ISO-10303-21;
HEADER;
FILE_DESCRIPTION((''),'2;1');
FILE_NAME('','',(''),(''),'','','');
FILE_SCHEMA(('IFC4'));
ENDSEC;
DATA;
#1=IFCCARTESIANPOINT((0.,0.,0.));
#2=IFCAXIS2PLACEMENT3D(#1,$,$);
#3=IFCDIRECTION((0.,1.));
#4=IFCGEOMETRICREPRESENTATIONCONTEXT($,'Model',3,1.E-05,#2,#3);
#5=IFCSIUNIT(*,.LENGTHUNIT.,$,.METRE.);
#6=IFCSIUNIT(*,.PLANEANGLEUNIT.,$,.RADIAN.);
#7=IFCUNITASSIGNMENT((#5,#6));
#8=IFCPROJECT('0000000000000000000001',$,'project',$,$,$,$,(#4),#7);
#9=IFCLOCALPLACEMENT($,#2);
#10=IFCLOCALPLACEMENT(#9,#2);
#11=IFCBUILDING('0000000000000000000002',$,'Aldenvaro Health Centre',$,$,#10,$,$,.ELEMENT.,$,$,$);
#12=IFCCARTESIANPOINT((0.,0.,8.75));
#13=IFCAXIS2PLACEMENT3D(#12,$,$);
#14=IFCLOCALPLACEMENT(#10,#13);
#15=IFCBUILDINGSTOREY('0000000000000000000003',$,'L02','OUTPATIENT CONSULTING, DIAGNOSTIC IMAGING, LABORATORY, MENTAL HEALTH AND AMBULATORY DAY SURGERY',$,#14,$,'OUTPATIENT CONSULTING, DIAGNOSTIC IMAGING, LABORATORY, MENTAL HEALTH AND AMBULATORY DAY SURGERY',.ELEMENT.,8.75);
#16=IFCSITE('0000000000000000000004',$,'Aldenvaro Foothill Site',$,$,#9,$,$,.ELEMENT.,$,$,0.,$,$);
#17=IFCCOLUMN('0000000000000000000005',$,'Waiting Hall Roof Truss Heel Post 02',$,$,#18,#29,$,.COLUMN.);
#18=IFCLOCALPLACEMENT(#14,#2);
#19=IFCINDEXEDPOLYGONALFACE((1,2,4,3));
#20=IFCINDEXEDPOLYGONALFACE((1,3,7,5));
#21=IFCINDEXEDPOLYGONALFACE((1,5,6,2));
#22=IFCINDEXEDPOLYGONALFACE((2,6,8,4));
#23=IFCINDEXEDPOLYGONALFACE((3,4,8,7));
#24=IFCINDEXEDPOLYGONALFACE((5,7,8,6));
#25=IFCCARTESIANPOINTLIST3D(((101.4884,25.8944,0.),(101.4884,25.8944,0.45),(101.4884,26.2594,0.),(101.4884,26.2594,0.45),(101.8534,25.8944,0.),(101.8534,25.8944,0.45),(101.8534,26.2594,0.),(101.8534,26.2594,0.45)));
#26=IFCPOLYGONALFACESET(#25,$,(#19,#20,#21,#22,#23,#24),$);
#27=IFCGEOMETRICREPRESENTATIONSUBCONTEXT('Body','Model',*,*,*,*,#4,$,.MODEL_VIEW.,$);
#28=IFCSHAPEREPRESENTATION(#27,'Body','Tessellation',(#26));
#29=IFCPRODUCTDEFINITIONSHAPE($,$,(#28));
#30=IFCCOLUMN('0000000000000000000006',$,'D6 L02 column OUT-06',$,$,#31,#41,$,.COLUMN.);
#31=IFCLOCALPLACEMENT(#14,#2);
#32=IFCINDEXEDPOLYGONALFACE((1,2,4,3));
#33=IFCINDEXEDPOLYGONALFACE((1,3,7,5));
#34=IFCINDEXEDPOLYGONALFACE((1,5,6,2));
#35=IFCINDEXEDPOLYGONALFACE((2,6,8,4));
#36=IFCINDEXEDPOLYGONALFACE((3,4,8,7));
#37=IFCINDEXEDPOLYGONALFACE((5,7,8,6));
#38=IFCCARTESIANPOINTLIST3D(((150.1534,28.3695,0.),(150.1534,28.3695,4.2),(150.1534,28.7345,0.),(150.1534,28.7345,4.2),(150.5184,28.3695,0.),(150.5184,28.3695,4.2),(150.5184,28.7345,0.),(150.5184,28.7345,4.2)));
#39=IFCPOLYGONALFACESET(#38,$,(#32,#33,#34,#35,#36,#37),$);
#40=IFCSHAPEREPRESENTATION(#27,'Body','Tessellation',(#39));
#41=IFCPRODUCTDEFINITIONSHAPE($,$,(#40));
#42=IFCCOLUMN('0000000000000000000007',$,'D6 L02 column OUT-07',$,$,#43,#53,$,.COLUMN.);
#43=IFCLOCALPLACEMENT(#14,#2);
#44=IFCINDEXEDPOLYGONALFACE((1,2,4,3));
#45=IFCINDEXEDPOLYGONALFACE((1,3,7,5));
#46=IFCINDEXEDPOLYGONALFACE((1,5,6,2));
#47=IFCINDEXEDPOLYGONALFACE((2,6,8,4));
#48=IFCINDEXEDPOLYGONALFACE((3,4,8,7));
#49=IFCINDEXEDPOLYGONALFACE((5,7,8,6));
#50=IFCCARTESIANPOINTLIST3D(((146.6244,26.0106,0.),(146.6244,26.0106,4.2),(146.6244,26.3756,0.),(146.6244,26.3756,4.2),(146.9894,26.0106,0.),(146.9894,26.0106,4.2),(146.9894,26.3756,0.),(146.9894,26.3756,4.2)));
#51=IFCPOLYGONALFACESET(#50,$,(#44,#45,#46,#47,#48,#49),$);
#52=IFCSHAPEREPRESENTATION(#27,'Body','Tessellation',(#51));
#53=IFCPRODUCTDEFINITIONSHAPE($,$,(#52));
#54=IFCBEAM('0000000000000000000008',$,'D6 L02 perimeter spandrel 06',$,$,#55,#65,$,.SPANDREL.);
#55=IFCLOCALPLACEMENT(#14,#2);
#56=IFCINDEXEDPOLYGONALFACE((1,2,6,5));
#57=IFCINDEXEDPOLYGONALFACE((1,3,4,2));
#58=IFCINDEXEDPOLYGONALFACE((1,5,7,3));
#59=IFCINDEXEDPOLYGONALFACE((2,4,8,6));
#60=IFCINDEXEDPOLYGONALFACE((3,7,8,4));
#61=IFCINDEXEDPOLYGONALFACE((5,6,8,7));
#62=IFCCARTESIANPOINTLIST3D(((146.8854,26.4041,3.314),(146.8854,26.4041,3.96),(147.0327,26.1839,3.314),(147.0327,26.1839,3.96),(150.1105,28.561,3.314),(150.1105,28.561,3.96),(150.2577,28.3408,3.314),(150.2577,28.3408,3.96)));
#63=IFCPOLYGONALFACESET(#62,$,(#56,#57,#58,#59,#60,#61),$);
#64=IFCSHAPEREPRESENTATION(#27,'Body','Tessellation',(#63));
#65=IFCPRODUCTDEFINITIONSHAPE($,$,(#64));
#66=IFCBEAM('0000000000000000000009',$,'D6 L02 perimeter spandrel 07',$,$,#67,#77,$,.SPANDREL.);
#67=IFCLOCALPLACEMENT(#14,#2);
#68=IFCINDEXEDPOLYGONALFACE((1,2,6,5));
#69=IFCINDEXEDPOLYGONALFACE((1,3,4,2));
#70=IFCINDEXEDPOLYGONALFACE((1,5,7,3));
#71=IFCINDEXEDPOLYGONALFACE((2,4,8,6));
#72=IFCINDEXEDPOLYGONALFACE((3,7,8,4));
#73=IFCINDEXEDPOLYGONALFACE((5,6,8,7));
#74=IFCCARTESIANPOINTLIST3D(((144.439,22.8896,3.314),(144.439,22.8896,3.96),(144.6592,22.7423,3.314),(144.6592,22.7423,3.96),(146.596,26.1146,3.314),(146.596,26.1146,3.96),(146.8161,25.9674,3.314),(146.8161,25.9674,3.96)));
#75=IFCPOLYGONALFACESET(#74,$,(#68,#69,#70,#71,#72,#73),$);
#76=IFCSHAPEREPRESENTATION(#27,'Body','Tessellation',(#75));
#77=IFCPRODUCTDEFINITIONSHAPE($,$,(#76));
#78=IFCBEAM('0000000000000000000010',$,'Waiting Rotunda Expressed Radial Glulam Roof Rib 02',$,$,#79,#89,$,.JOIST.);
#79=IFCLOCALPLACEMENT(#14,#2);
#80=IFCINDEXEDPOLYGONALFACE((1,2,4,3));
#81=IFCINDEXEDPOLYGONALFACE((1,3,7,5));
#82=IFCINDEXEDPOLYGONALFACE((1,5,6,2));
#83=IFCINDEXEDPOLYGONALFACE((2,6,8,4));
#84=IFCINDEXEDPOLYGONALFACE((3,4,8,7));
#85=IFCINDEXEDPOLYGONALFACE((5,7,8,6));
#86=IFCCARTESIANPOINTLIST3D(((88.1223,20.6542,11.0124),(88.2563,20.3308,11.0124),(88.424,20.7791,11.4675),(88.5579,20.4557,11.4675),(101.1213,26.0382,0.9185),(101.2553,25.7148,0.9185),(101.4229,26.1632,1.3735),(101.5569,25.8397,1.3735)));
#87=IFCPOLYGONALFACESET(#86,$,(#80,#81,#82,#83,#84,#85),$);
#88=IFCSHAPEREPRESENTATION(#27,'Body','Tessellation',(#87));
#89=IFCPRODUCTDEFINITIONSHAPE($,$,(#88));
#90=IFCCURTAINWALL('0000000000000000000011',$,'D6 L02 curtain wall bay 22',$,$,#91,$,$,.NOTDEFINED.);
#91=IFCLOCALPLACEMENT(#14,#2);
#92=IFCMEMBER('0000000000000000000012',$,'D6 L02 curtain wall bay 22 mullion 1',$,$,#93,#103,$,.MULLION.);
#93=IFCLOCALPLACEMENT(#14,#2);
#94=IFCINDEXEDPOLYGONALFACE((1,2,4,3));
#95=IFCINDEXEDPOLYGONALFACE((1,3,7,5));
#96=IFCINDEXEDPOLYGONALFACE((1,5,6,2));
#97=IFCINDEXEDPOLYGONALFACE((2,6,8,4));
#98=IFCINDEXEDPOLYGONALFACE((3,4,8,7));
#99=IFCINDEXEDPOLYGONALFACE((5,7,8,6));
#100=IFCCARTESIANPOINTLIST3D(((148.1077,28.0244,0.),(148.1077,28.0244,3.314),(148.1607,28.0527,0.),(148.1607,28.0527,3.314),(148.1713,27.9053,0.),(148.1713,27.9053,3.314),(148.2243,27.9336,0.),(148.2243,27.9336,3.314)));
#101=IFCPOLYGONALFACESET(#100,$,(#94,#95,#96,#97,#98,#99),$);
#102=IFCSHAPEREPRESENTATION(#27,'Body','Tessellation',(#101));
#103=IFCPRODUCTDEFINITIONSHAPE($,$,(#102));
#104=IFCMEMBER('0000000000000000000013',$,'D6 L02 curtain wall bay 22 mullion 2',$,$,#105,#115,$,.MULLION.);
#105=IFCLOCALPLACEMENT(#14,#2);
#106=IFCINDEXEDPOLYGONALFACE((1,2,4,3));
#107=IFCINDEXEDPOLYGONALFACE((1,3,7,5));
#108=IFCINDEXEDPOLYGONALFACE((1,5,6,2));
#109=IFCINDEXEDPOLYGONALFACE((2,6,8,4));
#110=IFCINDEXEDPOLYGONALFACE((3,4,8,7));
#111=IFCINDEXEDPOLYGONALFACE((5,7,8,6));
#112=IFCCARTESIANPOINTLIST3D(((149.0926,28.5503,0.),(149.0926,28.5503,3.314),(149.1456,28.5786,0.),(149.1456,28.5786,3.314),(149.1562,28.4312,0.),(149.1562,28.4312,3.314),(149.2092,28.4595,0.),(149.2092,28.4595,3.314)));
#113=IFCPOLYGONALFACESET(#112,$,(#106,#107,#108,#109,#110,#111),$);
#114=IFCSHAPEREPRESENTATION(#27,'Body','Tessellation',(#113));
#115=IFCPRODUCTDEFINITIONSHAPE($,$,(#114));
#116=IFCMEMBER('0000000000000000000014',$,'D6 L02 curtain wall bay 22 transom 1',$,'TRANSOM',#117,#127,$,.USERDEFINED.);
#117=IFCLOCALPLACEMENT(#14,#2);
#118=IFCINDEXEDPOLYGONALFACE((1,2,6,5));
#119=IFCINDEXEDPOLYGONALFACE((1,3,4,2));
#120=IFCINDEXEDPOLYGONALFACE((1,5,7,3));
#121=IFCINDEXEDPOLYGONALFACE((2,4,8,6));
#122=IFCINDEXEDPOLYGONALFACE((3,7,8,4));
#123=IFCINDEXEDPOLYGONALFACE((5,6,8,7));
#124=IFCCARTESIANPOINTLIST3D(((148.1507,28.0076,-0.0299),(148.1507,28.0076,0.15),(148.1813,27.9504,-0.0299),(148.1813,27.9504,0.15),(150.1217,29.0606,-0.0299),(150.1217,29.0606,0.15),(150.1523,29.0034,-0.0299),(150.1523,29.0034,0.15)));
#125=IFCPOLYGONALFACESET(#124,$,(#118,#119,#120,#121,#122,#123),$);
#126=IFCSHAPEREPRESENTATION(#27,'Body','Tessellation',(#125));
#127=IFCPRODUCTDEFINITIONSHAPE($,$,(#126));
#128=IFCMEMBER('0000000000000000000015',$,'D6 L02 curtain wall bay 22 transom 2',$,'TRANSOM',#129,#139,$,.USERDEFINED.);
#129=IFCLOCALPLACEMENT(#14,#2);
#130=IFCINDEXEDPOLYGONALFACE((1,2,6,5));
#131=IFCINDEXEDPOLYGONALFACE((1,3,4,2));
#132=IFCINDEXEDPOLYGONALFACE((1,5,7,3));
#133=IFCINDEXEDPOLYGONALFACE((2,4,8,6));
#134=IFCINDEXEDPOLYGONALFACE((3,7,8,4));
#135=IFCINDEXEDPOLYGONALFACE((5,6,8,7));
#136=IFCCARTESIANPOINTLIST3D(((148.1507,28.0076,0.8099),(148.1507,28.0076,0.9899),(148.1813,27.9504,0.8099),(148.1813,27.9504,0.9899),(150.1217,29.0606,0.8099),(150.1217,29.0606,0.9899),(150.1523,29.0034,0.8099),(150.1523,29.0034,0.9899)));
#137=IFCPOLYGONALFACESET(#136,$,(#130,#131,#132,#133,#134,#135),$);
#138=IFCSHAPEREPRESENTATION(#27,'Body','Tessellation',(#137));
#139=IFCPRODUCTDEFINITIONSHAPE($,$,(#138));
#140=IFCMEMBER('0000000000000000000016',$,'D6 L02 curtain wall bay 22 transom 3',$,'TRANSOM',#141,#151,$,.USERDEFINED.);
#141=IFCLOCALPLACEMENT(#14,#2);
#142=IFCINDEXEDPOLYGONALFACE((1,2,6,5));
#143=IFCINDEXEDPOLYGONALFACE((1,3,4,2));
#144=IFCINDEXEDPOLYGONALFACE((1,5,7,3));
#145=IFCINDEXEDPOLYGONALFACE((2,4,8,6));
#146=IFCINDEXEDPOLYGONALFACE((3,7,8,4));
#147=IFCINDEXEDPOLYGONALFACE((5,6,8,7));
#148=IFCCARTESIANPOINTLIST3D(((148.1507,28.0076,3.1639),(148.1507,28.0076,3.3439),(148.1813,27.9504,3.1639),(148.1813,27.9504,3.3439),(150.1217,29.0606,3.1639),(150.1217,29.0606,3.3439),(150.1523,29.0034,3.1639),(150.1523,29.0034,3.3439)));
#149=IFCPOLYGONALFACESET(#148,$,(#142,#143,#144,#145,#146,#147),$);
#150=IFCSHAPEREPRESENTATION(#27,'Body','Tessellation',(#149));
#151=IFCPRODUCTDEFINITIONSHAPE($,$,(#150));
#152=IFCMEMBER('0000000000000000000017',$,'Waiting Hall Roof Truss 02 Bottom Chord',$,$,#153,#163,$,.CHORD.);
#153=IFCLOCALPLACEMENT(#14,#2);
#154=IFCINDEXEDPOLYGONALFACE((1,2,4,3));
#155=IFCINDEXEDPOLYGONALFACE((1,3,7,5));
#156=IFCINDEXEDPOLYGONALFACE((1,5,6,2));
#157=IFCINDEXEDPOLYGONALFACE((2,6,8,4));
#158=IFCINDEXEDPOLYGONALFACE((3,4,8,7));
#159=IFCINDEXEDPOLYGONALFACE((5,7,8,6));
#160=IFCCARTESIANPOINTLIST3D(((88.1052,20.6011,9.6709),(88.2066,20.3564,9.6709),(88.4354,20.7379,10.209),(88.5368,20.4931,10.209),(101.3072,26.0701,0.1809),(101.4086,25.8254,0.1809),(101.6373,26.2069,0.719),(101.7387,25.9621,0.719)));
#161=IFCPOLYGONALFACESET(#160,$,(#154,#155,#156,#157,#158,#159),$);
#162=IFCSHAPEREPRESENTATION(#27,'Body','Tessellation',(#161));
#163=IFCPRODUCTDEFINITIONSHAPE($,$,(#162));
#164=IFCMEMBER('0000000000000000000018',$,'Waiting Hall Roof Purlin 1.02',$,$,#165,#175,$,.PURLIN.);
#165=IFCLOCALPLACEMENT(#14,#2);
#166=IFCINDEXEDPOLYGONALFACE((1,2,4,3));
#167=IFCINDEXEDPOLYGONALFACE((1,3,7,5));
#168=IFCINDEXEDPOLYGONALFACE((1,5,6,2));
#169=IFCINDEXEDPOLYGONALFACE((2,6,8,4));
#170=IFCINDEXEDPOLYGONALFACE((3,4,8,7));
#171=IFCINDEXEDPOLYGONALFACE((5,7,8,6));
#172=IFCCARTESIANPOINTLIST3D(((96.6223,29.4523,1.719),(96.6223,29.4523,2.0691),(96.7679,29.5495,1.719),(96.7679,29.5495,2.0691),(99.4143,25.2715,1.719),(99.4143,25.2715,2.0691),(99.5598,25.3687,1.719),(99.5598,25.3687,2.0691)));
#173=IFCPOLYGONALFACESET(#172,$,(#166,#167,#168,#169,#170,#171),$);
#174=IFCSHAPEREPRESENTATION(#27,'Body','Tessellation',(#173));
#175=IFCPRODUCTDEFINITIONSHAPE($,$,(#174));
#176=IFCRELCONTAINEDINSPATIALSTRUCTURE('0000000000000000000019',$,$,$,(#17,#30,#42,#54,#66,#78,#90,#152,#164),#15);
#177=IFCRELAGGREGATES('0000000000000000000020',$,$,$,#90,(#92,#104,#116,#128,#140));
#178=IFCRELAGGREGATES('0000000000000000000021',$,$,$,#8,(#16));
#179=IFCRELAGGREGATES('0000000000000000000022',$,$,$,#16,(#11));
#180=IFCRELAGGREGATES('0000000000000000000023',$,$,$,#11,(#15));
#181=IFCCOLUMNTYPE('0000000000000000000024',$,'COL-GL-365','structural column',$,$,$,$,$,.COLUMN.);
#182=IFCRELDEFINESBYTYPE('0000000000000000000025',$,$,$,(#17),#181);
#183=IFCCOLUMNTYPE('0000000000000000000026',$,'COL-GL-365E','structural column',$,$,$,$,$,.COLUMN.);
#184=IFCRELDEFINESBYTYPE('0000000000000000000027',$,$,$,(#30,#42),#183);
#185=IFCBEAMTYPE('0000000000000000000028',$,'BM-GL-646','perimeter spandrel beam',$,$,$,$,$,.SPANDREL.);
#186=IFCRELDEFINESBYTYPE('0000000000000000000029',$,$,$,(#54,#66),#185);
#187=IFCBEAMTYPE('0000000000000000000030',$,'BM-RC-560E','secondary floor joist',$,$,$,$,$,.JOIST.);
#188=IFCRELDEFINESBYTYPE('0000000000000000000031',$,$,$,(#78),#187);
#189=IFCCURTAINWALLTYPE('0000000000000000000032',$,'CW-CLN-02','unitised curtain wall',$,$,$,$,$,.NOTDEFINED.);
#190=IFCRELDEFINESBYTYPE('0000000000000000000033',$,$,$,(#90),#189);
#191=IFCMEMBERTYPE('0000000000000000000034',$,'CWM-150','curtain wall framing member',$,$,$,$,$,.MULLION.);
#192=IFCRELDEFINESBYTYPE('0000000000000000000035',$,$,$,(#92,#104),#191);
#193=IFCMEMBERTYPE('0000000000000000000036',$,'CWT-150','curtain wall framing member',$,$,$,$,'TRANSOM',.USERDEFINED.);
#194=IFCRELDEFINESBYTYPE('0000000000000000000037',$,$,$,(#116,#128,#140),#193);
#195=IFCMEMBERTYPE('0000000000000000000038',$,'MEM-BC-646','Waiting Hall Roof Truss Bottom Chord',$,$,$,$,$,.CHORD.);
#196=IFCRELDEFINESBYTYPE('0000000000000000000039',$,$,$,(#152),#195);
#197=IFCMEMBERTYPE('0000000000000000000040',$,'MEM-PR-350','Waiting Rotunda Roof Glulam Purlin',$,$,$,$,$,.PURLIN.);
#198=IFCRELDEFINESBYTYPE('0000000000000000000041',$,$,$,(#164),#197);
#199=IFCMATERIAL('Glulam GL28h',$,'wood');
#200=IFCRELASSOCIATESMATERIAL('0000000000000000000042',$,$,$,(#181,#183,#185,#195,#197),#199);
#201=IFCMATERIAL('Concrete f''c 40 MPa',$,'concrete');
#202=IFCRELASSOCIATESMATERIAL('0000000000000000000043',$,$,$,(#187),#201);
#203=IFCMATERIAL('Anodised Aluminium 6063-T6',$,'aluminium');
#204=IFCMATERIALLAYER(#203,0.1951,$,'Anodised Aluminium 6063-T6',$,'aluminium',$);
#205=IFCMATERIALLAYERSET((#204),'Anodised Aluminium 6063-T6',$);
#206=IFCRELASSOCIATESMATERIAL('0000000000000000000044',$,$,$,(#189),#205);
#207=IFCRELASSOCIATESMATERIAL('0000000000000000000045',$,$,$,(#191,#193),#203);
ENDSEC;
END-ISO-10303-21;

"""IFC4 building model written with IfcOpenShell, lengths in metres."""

from ifc_helpers import new_model, si_unit, direction, frame, origin, origin_2d, place, context, subcontext, project, spatial, rectangle, extrude, material, layer, layer_set, material_profile, profile_set, type_object, element, aggregate, save


model = new_model("IFC4")

# Units and contexts
model_context = context("Model", 3, precision=1e-05, world=origin(), true_north=direction((0.0, 1.0)))
body_context = subcontext(model_context, "Body", "Model", "MODEL_VIEW")
ifc_project = project(units=[si_unit("LENGTHUNIT", "METRE"), si_unit("PLANEANGLEUNIT", "RADIAN")], contexts=[model_context])

# Site, building, storey
site_placement = place(None, origin())
site = spatial("IfcSite", under=ifc_project, at=site_placement, Name="Aldenvaro Foothill Site", CompositionType="ELEMENT", RefElevation=0.0)
building_placement = place(site_placement, origin())
building = spatial("IfcBuilding", under=site, at=building_placement, Name="Aldenvaro Health Centre", CompositionType="ELEMENT")
storey_placement = place(building_placement, frame((0.0, 0.0, 8.75)))
storey = spatial("IfcBuildingStorey", under=building, at=storey_placement, Name="L02", Description="OUTPATIENT CONSULTING, DIAGNOSTIC IMAGING, LABORATORY, MENTAL HEALTH AND AMBULATORY DAY SURGERY", LongName="OUTPATIENT CONSULTING, DIAGNOSTIC IMAGING, LABORATORY, MENTAL HEALTH AND AMBULATORY DAY SURGERY", CompositionType="ELEMENT", Elevation=8.75)

# Columns
ifc_material_1 = material(Name="Glulam GL28h", Category="wood")
ifc_material_profile_1 = material_profile(ifc_material_1, rectangle(XDim=0.365, YDim=0.365, at=origin_2d()), Name="GL 365x365", Category="wood")
ifc_profile_set_1 = profile_set([ifc_material_profile_1], Name="Glulam GL28h")
column_type_1 = type_object("IfcColumnType", Name="COL-GL-365", Description="structural column", PredefinedType="COLUMN", material=ifc_profile_set_1)
column_placement = place(storey_placement, frame((101.6709, 26.0769, 0.0), z_axis=(0.0, 0.0, 1.0), x_axis=(1.0, 0.0, 0.0)))
element("IfcColumn", 1, at=column_placement, inside=storey, type_object=column_type_1, Name="Waiting Hall Roof Truss Heel Post 02", PredefinedType="COLUMN", context=body_context, shape_type="SweptSolid", body=[
    extrude(rectangle(XDim=0.365, YDim=0.365, at=origin_2d()), origin(), (0.0, 0.0, 1.0), 0.45),
])
ifc_material_profile_2 = material_profile(ifc_material_1, rectangle(XDim=0.365, YDim=0.365, at=origin_2d()), Name="GL 365x365", Category="wood")
ifc_profile_set_2 = profile_set([ifc_material_profile_2], Name="Glulam GL28h")
column_type_2 = type_object("IfcColumnType", Name="COL-GL-365E", Description="structural column", PredefinedType="COLUMN", material=ifc_profile_set_2)
for number, where, z_axis, x_axis, name in (
    (2, (150.3359, 28.552, 0.0), (0.0, 0.0, 1.0), (1.0, 0.0, 0.0), "D6 L02 column OUT-06"),
    (3, (146.8069, 26.1931, 0.0), (0.0, 0.0, 1.0), (1.0, 0.0, 0.0), "D6 L02 column OUT-07"),
):
    element("IfcColumn", number, at=place(storey_placement, frame(where, z_axis=z_axis, x_axis=x_axis)), inside=storey, type_object=column_type_2, Name=name, PredefinedType="COLUMN", context=body_context, shape_type="SweptSolid", body=[
        extrude(rectangle(XDim=0.365, YDim=0.365, at=origin_2d()), origin(), (0.0, 0.0, 1.0), 4.2),
    ])

# Beams
ifc_material_profile_3 = material_profile(ifc_material_1, rectangle(XDim=0.2649, YDim=0.646, at=origin_2d()), Name="GL 265x646", Category="wood")
ifc_profile_set_3 = profile_set([ifc_material_profile_3], Name="Glulam GL28h")
beam_type_1 = type_object("IfcBeamType", Name="BM-GL-646", Description="perimeter spandrel beam", PredefinedType="SPANDREL", material=ifc_profile_set_3)
for number, where, z_axis, x_axis, name in (
    (4, (150.1841, 28.4509, 3.637), (-0.831227, -0.555934, 0.0), (0.555934, -0.831227, 0.0), "D6 L02 perimeter spandrel 06"),
    (5, (146.7061, 26.041, 3.637), (-0.555934, -0.831227, 0.0), (0.831227, -0.555934, 0.0), "D6 L02 perimeter spandrel 07"),
):
    element("IfcBeam", number, at=place(storey_placement, frame(where, z_axis=z_axis, x_axis=x_axis)), inside=storey, type_object=beam_type_1, Name=name, PredefinedType="SPANDREL", context=body_context, shape_type="SweptSolid", body=[
        extrude(rectangle(XDim=0.2649, YDim=0.646, at=origin_2d()), origin(), (0.0, 0.0, 1.0), 3.8799),
    ])
ifc_material_2 = material(Name="Concrete f'c 40 MPa", Category="concrete")
ifc_material_profile_4 = material_profile(ifc_material_2, rectangle(XDim=0.3501, YDim=0.5601, at=origin_2d()), Name="RC 350x560", Category="concrete")
ifc_profile_set_4 = profile_set([ifc_material_profile_4], Name="Concrete f'c 40 MPa")
beam_type_2 = type_object("IfcBeamType", Name="BM-RC-560E", Description="secondary floor joist", PredefinedType="JOIST", material=ifc_profile_set_4)
beam_placement = place(storey_placement, frame((101.3391, 25.939, 1.146), z_axis=(-0.750685, -0.310924, 0.582922), x_axis=(0.382663, -0.923888, 0.0)))
element("IfcBeam", 6, at=beam_placement, inside=storey, type_object=beam_type_2, Name="Waiting Rotunda Expressed Radial Glulam Roof Rib 02", PredefinedType="JOIST", context=body_context, shape_type="SweptSolid", body=[
    extrude(rectangle(XDim=0.3501, YDim=0.5601, at=origin_2d()), origin(), (0.0, 0.0, 1.0), 17.3162),
])

# Curtain wall, members
ifc_material_3 = material(Name="Anodised Aluminium 6063-T6", Category="aluminium")
ifc_layer_1 = layer(ifc_material_3, 0.1951, Name="Anodised Aluminium 6063-T6", Category="aluminium")
ifc_layer_set_1 = layer_set([ifc_layer_1], Name="Anodised Aluminium 6063-T6")
curtain_wall_type = type_object("IfcCurtainWallType", Name="CW-CLN-02", Description="unitised curtain wall", PredefinedType="NOTDEFINED", material=ifc_layer_set_1)
curtain_wall_placement = place(storey_placement, origin())
curtain_wall = element("IfcCurtainWall", 7, at=curtain_wall_placement, inside=storey, type_object=curtain_wall_type, Name="D6 L02 curtain wall bay 22", PredefinedType="NOTDEFINED")
ifc_material_profile_5 = material_profile(ifc_material_3, rectangle(XDim=0.0601, YDim=0.135, at=origin_2d()), Name="ALU 60x135", Category="aluminium")
ifc_profile_set_5 = profile_set([ifc_material_profile_5], Name="Anodised Aluminium 6063-T6")
member_type_1 = type_object("IfcMemberType", Name="CWM-150", Description="curtain wall framing member", PredefinedType="MULLION", material=ifc_profile_set_5)
member_1_placement = place(storey_placement, frame((148.166, 27.979, 0.0), z_axis=(0.0, 0.0, 1.0), x_axis=(0.882018, 0.471215, 0.0)))
member_1 = element("IfcMember", 8, at=member_1_placement, type_object=member_type_1, Name="D6 L02 curtain wall bay 22 mullion 1", PredefinedType="MULLION", context=body_context, shape_type="SweptSolid", body=[
    extrude(rectangle(XDim=0.0601, YDim=0.135, at=origin_2d()), origin(), (0.0, 0.0, 1.0), 3.314),
])
member_2_placement = place(storey_placement, frame((149.1509, 28.5049, 0.0), z_axis=(0.0, 0.0, 1.0), x_axis=(0.882018, 0.471215, 0.0)))
member_2 = element("IfcMember", 9, at=member_2_placement, type_object=member_type_1, Name="D6 L02 curtain wall bay 22 mullion 2", PredefinedType="MULLION", context=body_context, shape_type="SweptSolid", body=[
    extrude(rectangle(XDim=0.0601, YDim=0.135, at=origin_2d()), origin(), (0.0, 0.0, 1.0), 3.314),
])
ifc_material_profile_6 = material_profile(ifc_material_3, rectangle(XDim=0.0649, YDim=0.1799, at=origin_2d()), Name="ALU 65x180", Category="aluminium")
ifc_profile_set_6 = profile_set([ifc_material_profile_6], Name="Anodised Aluminium 6063-T6")
member_type_2 = type_object("IfcMemberType", Name="CWT-150", Description="curtain wall framing member", ElementType="TRANSOM", PredefinedType="USERDEFINED", material=ifc_profile_set_6)
member_3_placement = place(storey_placement, frame((148.166, 27.979, 0.0601), z_axis=(0.882017, 0.471218, 0.0), x_axis=(-0.471218, 0.882017, 0.0)))
member_3 = element("IfcMember", 10, at=member_3_placement, type_object=member_type_2, Name="D6 L02 curtain wall bay 22 transom 1", ObjectType="TRANSOM", PredefinedType="USERDEFINED", context=body_context, shape_type="SweptSolid", body=[
    extrude(rectangle(XDim=0.0649, YDim=0.1799, at=origin_2d()), origin(), (0.0, 0.0, 1.0), 2.2346),
])
member_4_placement = place(storey_placement, frame((148.166, 27.979, 0.8999), z_axis=(0.882017, 0.471218, 0.0), x_axis=(-0.471218, 0.882017, 0.0)))
member_4 = element("IfcMember", 11, at=member_4_placement, type_object=member_type_2, Name="D6 L02 curtain wall bay 22 transom 2", ObjectType="TRANSOM", PredefinedType="USERDEFINED", context=body_context, shape_type="SweptSolid", body=[
    extrude(rectangle(XDim=0.0649, YDim=0.1799, at=origin_2d()), origin(), (0.0, 0.0, 1.0), 2.2346),
])
member_5_placement = place(storey_placement, frame((148.166, 27.979, 3.2539), z_axis=(0.882017, 0.471218, 0.0), x_axis=(-0.471218, 0.882017, 0.0)))
member_5 = element("IfcMember", 12, at=member_5_placement, type_object=member_type_2, Name="D6 L02 curtain wall bay 22 transom 3", ObjectType="TRANSOM", PredefinedType="USERDEFINED", context=body_context, shape_type="SweptSolid", body=[
    extrude(rectangle(XDim=0.0649, YDim=0.1799, at=origin_2d()), origin(), (0.0, 0.0, 1.0), 2.2346),
])

# Members
ifc_material_profile_7 = material_profile(ifc_material_1, rectangle(XDim=0.2649, YDim=0.646, at=origin_2d()), Name="GL 265x646", Category="wood")
ifc_profile_set_7 = profile_set([ifc_material_profile_7], Name="Glulam GL28h")
member_type_3 = type_object("IfcMemberType", Name="MEM-BC-646", Description="Waiting Hall Roof Truss Bottom Chord", PredefinedType="CHORD", material=ifc_profile_set_7)
member_6_placement = place(storey_placement, frame((101.5229, 26.0161, 0.45), z_axis=(-0.76961, -0.318817, 0.553223), x_axis=(0.382718, -0.923865, 0.0)))
element("IfcMember", 13, at=member_6_placement, inside=storey, type_object=member_type_3, Name="Waiting Hall Roof Truss 02 Bottom Chord", PredefinedType="CHORD", context=body_context, shape_type="SweptSolid", body=[
    extrude(rectangle(XDim=0.2649, YDim=0.646, at=origin_2d()), origin(), (0.0, 0.0, 1.0), 17.1541),
])
ifc_material_profile_8 = material_profile(ifc_material_1, rectangle(XDim=0.175, YDim=0.3501, at=origin_2d()), Name="GL 175x350", Category="wood")
ifc_profile_set_8 = profile_set([ifc_material_profile_8], Name="Glulam GL28h")
member_type_4 = type_object("IfcMemberType", Name="MEM-PR-350", Description="Waiting Rotunda Roof Glulam Purlin", PredefinedType="PURLIN", material=ifc_profile_set_8)
member_7_placement = place(storey_placement, frame((99.4871, 25.3201, 1.894), z_axis=(-0.55535, 0.831617, 0.0), x_axis=(-0.831617, -0.55535, 0.0)))
element("IfcMember", 14, at=member_7_placement, inside=storey, type_object=member_type_4, Name="Waiting Hall Roof Purlin 1.02", PredefinedType="PURLIN", context=body_context, shape_type="SweptSolid", body=[
    extrude(rectangle(XDim=0.175, YDim=0.3501, at=origin_2d()), origin(), (0.0, 0.0, 1.0), 5.0273),
])

aggregate(curtain_wall, [member_1, member_2, member_3, member_4, member_5])

save(model, "model.ifc")
